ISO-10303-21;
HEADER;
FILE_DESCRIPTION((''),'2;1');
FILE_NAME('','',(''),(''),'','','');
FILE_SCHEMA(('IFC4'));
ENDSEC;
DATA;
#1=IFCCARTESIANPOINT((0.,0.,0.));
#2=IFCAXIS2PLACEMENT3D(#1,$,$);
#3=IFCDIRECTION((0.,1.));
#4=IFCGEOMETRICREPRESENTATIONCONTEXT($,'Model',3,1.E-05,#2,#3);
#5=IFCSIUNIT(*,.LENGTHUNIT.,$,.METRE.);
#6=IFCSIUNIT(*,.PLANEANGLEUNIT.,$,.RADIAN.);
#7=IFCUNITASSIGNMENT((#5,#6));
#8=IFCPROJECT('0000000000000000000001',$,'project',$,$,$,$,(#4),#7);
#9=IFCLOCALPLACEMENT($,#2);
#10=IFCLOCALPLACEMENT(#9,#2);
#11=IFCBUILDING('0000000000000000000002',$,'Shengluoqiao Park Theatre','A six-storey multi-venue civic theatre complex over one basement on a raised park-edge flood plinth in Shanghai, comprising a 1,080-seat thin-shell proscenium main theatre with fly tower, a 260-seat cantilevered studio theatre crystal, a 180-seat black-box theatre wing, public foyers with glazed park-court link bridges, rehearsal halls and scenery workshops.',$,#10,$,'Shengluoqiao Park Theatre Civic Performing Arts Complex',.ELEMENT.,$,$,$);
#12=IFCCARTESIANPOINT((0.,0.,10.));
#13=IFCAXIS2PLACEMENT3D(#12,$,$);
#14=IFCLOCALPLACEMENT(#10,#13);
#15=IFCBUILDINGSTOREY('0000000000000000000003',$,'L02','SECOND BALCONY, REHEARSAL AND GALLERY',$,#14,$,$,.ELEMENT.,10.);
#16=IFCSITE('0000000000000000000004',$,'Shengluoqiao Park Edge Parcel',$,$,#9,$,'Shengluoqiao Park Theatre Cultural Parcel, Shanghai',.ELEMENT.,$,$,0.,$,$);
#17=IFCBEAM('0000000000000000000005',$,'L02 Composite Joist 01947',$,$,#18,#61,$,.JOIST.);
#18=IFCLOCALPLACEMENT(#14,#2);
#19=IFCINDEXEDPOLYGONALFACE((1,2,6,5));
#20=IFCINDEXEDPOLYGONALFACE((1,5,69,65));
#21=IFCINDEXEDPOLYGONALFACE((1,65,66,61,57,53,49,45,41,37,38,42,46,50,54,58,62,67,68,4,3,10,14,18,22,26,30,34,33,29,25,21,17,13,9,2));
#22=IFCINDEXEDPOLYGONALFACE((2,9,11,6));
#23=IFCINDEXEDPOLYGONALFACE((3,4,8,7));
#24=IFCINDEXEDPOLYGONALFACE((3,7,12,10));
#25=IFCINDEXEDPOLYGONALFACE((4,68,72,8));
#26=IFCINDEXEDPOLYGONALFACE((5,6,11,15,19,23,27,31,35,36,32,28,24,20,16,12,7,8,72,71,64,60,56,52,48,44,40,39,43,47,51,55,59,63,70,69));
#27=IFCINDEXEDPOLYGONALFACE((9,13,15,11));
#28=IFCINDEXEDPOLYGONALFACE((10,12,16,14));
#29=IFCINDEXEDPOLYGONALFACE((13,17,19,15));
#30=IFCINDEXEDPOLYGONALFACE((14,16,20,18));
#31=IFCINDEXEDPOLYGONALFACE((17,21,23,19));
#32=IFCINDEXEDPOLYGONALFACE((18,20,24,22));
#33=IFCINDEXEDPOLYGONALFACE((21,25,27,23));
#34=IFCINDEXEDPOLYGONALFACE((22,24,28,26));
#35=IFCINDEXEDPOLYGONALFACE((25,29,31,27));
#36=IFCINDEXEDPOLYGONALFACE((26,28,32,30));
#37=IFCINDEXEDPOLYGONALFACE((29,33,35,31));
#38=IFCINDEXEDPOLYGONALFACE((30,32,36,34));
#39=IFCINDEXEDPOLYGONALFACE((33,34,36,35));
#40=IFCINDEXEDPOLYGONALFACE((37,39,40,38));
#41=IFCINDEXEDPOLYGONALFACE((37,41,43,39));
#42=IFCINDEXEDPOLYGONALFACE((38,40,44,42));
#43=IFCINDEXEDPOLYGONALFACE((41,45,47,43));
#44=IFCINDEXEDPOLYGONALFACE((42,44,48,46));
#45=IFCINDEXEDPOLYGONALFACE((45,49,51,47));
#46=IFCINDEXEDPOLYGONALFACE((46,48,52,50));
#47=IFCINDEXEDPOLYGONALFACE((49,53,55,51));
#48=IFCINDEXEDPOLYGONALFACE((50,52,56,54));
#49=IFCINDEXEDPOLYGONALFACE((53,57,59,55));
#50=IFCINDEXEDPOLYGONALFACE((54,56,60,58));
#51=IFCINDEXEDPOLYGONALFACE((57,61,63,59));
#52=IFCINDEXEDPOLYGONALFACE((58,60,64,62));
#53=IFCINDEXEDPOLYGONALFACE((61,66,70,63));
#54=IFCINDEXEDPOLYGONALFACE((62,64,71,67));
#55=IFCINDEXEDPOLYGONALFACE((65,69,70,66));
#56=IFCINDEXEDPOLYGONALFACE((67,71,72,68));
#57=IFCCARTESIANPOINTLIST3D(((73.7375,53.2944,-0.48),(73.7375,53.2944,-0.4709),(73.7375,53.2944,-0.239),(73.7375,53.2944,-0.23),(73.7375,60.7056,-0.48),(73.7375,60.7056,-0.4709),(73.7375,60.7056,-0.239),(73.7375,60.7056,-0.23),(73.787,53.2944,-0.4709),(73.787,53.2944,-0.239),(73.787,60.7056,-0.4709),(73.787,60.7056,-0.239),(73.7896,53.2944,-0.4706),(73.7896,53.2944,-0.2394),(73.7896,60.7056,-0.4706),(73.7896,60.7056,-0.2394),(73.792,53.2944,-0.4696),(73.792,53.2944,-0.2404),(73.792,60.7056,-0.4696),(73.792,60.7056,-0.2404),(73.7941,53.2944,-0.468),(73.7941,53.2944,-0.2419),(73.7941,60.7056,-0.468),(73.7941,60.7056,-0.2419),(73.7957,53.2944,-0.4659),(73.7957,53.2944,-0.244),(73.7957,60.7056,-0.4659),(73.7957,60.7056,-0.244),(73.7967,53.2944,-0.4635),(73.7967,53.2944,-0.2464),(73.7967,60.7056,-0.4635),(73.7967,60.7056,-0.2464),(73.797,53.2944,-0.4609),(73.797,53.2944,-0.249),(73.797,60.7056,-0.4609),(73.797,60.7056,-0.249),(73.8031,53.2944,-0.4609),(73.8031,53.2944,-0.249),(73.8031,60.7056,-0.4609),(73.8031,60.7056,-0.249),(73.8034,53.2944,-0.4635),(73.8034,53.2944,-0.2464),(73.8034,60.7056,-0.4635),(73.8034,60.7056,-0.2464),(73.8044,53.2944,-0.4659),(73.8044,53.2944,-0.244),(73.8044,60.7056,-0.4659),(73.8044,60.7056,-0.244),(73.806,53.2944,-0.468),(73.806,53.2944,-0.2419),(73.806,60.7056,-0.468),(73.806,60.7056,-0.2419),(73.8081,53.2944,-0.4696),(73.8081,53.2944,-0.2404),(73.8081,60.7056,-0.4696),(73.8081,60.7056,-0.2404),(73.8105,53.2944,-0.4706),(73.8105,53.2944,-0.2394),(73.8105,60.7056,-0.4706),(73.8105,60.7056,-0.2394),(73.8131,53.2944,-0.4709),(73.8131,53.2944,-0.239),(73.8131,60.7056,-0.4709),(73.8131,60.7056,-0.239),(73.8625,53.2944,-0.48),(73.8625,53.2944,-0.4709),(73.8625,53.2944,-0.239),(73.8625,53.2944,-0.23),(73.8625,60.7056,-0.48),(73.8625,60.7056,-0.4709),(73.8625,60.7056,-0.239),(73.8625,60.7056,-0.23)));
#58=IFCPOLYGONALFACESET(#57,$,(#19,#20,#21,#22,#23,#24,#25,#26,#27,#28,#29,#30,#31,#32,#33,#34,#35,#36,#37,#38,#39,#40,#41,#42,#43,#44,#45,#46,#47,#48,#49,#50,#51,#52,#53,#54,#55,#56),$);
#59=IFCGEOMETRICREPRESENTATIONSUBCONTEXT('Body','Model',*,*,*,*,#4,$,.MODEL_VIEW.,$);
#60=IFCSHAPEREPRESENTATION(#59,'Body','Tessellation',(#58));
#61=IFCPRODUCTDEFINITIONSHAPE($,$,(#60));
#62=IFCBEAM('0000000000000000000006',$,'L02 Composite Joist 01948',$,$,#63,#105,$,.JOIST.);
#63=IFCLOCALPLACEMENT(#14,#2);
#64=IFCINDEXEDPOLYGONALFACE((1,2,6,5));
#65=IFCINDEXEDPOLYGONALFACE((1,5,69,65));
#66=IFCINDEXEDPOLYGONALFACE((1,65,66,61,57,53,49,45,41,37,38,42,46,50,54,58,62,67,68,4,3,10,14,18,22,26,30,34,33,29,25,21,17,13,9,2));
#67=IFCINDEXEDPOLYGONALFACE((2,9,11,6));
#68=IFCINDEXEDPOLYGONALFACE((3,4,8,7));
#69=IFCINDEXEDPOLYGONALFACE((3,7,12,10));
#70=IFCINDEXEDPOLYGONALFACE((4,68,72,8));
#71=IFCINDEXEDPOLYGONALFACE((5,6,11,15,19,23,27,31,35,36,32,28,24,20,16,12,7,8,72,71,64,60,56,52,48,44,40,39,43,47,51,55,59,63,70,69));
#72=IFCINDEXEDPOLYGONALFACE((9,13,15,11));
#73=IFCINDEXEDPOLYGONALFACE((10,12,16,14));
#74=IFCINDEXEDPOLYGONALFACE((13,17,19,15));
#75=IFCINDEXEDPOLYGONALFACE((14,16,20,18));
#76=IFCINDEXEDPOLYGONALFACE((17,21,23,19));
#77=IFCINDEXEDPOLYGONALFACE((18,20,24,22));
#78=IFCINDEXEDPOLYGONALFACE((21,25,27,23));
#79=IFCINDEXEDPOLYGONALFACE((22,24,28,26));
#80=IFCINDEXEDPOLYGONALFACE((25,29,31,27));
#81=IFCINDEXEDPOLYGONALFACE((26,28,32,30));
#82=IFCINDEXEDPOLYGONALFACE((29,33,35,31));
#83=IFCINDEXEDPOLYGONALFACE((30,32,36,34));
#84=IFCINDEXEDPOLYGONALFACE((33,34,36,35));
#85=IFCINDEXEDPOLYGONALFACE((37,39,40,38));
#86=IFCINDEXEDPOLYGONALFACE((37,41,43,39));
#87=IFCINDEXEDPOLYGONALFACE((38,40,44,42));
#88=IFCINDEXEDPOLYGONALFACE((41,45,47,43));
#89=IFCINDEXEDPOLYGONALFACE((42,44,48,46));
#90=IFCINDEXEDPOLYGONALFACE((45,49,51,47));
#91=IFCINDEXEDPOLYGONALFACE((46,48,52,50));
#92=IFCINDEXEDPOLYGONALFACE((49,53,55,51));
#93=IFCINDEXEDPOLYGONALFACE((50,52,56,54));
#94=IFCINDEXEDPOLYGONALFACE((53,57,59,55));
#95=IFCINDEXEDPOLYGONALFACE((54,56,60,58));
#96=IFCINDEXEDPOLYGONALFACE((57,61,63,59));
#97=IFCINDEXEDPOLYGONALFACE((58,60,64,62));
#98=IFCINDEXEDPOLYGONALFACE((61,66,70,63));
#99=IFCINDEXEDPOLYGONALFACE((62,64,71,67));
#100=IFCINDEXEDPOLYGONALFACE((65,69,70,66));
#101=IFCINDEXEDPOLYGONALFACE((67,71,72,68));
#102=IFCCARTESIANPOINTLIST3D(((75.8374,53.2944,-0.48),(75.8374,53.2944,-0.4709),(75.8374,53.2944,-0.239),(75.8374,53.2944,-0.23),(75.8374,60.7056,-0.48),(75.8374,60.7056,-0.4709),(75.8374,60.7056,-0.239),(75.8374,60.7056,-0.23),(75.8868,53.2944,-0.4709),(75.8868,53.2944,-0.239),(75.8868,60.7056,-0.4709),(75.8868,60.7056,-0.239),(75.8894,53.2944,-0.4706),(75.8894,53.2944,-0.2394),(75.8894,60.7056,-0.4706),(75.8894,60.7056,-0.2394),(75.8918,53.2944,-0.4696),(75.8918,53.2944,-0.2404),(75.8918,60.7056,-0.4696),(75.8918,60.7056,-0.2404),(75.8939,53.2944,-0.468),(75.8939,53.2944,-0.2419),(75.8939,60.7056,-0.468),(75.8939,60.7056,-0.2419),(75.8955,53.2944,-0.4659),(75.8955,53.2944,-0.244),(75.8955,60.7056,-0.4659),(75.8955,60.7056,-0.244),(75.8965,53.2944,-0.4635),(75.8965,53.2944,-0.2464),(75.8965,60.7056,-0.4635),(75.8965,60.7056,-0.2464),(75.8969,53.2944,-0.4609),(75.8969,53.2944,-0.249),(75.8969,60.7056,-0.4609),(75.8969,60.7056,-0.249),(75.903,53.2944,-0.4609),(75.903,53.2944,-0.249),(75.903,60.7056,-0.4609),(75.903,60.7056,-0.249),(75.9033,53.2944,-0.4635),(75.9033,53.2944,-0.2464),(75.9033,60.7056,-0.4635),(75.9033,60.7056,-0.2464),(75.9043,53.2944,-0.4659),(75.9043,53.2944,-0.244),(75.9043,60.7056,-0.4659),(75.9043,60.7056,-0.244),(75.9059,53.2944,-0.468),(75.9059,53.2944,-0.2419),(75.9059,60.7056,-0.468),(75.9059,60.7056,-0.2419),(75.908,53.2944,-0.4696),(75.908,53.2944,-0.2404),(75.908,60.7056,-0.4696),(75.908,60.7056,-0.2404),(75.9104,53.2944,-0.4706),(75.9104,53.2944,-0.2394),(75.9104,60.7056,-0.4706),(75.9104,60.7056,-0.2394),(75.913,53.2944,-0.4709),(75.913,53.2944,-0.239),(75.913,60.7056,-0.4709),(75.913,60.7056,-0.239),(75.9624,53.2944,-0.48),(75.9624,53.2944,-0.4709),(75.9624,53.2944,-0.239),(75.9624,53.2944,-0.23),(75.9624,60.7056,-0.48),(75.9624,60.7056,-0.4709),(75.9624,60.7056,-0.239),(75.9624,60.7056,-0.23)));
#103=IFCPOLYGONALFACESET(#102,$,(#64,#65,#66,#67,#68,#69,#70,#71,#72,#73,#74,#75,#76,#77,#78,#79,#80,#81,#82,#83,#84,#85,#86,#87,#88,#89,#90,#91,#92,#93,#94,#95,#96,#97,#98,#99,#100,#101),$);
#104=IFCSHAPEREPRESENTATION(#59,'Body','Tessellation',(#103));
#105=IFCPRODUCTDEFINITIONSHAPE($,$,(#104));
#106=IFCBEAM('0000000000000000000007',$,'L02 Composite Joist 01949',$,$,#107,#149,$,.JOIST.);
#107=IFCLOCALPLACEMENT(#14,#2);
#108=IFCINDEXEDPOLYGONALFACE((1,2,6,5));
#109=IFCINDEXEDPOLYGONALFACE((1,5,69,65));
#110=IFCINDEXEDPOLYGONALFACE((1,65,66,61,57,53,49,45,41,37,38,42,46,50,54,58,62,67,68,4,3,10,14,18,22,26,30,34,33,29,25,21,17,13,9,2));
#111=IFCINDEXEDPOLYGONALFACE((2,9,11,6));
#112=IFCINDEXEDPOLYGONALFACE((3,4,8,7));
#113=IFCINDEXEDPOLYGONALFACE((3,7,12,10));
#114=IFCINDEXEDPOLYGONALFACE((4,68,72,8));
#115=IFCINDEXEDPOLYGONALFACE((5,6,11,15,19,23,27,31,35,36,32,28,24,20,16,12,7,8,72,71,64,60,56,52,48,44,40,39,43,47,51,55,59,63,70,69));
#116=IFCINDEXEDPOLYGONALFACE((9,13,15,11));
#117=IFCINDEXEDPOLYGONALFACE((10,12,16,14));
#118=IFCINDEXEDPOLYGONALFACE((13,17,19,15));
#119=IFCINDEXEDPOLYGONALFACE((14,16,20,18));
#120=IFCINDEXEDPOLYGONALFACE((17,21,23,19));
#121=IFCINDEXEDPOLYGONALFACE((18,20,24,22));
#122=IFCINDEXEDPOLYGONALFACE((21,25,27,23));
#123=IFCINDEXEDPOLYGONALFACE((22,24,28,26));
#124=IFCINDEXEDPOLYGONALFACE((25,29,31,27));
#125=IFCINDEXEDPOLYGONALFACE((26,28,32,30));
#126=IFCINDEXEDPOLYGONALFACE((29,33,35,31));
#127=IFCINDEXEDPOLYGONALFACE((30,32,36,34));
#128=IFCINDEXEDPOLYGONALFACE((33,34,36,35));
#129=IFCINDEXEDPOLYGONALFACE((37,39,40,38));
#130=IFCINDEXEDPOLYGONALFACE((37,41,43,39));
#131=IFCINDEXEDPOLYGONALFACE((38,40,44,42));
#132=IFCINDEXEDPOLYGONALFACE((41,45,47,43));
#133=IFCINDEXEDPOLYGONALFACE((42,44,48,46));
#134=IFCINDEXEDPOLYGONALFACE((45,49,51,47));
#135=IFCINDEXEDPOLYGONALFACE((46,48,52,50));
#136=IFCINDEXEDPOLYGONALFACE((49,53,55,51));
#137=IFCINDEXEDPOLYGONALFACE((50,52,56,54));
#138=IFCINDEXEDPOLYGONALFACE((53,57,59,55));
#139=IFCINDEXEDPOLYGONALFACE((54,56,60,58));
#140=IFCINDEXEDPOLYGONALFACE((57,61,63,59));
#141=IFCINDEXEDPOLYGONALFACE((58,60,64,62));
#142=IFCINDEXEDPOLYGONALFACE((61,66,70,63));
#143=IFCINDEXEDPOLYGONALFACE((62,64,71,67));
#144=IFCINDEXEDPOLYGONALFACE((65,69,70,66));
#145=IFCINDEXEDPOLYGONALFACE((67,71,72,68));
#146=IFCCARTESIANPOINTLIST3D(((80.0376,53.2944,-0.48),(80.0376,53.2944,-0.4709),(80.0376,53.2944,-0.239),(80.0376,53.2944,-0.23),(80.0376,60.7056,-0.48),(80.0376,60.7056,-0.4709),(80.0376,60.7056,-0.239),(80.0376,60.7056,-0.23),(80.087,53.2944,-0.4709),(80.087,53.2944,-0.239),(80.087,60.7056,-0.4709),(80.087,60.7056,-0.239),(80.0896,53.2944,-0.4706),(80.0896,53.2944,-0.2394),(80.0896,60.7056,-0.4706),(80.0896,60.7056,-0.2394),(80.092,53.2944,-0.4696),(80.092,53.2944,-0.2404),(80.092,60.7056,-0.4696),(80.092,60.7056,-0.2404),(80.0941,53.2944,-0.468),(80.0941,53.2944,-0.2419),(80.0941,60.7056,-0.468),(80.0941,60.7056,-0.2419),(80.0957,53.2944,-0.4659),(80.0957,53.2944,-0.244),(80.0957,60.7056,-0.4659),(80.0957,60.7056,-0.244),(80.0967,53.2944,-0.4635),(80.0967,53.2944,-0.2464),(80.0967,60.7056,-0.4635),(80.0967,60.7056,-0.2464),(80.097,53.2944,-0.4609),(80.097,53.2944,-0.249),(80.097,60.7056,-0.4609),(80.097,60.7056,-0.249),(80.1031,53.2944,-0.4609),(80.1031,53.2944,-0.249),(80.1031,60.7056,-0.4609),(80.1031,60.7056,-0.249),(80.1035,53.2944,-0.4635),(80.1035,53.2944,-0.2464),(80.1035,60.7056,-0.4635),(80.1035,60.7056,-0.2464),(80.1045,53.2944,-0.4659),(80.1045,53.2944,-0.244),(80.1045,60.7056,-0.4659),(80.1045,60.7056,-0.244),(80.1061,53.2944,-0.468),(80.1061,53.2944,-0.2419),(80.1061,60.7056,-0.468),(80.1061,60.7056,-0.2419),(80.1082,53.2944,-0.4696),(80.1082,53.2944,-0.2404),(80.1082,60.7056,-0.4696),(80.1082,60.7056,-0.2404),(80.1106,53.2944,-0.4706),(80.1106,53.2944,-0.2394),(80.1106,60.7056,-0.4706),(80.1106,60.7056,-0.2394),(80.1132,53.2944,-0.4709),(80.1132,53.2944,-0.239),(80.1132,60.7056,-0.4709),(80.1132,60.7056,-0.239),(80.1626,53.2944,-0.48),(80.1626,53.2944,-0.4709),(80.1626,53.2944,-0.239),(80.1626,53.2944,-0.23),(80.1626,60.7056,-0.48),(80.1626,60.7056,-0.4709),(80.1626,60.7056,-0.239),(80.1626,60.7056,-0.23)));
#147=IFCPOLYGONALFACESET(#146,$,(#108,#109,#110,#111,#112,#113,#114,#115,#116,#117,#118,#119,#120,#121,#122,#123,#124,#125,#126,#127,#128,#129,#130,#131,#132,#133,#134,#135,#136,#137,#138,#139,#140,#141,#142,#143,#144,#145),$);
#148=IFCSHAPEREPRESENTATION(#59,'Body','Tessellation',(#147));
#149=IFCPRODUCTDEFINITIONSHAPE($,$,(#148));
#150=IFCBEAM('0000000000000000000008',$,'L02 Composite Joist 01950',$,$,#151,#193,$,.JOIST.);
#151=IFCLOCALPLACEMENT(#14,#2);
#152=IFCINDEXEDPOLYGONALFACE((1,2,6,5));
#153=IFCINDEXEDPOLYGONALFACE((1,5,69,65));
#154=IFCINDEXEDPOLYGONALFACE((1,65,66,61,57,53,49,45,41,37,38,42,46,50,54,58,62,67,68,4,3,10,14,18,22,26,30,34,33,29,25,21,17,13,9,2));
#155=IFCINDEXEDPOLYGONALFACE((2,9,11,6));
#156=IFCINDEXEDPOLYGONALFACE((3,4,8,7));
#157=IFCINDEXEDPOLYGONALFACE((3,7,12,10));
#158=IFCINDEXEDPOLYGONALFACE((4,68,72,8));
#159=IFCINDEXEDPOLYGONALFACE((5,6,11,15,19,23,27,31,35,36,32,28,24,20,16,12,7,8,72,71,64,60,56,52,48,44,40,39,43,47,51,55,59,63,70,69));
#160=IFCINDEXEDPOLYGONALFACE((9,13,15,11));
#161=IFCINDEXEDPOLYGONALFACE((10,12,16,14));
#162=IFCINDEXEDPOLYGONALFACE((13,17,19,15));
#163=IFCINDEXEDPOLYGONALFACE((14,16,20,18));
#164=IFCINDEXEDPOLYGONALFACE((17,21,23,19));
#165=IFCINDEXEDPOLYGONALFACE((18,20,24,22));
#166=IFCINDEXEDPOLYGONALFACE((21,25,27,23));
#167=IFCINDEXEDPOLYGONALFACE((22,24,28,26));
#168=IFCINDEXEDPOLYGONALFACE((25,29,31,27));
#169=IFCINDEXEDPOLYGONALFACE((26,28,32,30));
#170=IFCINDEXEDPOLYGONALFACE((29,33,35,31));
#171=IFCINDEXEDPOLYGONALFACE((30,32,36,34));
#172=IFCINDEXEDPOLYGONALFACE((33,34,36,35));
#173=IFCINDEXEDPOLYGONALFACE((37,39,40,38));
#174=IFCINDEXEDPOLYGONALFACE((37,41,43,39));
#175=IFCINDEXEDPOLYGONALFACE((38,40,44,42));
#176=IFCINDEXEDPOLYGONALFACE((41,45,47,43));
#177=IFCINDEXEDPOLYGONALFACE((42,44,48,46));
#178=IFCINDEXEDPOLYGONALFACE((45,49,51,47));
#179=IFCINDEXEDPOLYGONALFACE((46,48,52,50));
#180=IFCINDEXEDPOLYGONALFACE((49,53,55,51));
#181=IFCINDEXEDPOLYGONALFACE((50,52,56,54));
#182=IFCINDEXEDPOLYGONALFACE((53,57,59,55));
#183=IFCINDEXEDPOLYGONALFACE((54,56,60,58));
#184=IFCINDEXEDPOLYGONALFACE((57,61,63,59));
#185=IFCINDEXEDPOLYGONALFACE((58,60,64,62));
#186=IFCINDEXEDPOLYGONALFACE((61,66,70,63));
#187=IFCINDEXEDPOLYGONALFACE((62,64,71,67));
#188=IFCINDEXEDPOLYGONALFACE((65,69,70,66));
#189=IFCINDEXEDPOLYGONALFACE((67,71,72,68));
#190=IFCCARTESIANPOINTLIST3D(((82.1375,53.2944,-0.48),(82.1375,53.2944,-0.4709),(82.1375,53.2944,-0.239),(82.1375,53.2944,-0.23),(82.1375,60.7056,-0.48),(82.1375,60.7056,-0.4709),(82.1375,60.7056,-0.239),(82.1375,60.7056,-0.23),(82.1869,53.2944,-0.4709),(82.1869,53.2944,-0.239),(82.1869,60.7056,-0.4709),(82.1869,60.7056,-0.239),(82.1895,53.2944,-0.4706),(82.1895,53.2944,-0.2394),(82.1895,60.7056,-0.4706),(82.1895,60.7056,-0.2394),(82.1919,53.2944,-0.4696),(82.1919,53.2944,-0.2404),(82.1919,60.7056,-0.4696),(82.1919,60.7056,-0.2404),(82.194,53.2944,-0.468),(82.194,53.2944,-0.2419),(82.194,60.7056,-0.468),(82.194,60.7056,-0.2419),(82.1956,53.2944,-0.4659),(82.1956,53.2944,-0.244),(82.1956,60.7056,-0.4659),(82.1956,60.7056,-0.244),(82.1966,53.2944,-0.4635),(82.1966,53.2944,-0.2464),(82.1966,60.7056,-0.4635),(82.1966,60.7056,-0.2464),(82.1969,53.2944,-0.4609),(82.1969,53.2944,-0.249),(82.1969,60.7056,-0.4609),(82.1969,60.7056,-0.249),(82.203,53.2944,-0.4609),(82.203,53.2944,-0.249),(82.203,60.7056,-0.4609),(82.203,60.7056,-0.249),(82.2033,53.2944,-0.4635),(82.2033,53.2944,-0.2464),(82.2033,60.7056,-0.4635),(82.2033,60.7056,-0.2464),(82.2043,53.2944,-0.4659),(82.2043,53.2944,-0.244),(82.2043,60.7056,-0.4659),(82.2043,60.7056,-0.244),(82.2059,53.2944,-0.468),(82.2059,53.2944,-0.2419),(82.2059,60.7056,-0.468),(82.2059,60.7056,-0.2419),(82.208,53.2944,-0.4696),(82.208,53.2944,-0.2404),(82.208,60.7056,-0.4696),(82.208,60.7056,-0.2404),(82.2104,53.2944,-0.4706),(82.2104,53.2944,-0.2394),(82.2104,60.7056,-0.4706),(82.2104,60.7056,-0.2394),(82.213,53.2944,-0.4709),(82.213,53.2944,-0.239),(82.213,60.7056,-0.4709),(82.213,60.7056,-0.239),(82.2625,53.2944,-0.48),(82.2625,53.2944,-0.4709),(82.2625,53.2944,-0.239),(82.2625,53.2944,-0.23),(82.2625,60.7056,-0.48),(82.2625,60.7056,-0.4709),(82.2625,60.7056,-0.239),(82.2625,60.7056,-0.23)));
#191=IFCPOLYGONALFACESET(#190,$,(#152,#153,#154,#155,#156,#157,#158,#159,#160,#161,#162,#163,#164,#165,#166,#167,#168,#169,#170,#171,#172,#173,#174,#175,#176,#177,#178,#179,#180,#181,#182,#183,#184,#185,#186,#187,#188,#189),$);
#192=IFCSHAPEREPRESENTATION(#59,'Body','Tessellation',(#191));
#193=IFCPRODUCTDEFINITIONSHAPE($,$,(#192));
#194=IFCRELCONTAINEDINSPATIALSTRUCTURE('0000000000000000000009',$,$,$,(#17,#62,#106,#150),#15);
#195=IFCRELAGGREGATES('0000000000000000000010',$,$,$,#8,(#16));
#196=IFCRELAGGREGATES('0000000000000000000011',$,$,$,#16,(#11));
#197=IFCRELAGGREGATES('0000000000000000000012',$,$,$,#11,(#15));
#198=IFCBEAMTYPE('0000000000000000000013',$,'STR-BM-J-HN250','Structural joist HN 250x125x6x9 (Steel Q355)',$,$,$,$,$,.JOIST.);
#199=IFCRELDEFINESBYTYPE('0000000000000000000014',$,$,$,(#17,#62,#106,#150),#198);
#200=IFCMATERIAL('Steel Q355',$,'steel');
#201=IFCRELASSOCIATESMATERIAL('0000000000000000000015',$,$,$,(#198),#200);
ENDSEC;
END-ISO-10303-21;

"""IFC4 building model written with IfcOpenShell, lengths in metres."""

from ifc_helpers import new_model, si_unit, direction, frame, origin, origin_2d, place, context, subcontext, project, spatial, i_section, extrude, material, material_profile, profile_set, type_object, element, save


model = new_model("IFC4")

# Units and contexts
model_context = context("Model", 3, precision=1e-05, world=origin(), true_north=direction((0.0, 1.0)))
body_context = subcontext(model_context, "Body", "Model", "MODEL_VIEW")
ifc_project = project(units=[si_unit("LENGTHUNIT", "METRE"), si_unit("PLANEANGLEUNIT", "RADIAN")], contexts=[model_context])

# Site, building, storey
site_placement = place(None, origin())
site = spatial("IfcSite", under=ifc_project, at=site_placement, Name="Shengluoqiao Park Edge Parcel", LongName="Shengluoqiao Park Theatre Cultural Parcel, Shanghai", CompositionType="ELEMENT", RefElevation=0.0)
building_placement = place(site_placement, origin())
building = spatial("IfcBuilding", under=site, at=building_placement, Name="Shengluoqiao Park Theatre", Description="A six-storey multi-venue civic theatre complex over one basement on a raised park-edge flood plinth in Shanghai, comprising a 1,080-seat thin-shell proscenium main theatre with fly tower, a 260-seat cantilevered studio theatre crystal, a 180-seat black-box theatre wing, public foyers with glazed park-court link bridges, rehearsal halls and scenery workshops.", LongName="Shengluoqiao Park Theatre Civic Performing Arts Complex", CompositionType="ELEMENT")
storey_placement = place(building_placement, frame((0.0, 0.0, 10.0)))
storey = spatial("IfcBuildingStorey", under=building, at=storey_placement, Name="L02", Description="SECOND BALCONY, REHEARSAL AND GALLERY", CompositionType="ELEMENT", Elevation=10.0)

# Beams
ifc_material_1 = material(Name="Steel Q355", Category="steel")
ifc_material_profile_1 = material_profile(ifc_material_1, i_section(OverallWidth=0.125, OverallDepth=0.25, WebThickness=0.0061, FlangeThickness=0.009, FilletRadius=0.01, at=origin_2d()), Name="HN 250x125x6x9")
ifc_profile_set_1 = profile_set([ifc_material_profile_1], Name="Steel Q355")
beam_type_1 = type_object("IfcBeamType", Name="STR-BM-J-HN250", Description="Structural joist HN 250x125x6x9 (Steel Q355)", PredefinedType="JOIST", material=ifc_profile_set_1)
for number, where, z_axis, x_axis, name in (
    (1, (73.8, 53.2944, -0.355), (0.0, 1.0, 0.0), (-1.0, 0.0, 0.0), "L02 Composite Joist 01947"),
    (2, (75.8999, 53.2944, -0.355), (0.0, 1.0, 0.0), (-1.0, 0.0, 0.0), "L02 Composite Joist 01948"),
    (3, (80.1001, 53.2944, -0.355), (0.0, 1.0, 0.0), (-1.0, 0.0, 0.0), "L02 Composite Joist 01949"),
    (4, (82.2, 53.2944, -0.355), (0.0, 1.0, 0.0), (-1.0, 0.0, 0.0), "L02 Composite Joist 01950"),
):
    element("IfcBeam", number, at=place(storey_placement, frame(where, z_axis=z_axis, x_axis=x_axis)), inside=storey, type_object=beam_type_1, Name=name, PredefinedType="JOIST", context=body_context, shape_type="SweptSolid", body=[
        extrude(i_section(OverallWidth=0.125, OverallDepth=0.25, WebThickness=0.0061, FlangeThickness=0.009, FilletRadius=0.01, at=origin_2d()), origin(), (0.0, 0.0, 1.0), 7.4111),
    ])

save(model, "model.ifc")
